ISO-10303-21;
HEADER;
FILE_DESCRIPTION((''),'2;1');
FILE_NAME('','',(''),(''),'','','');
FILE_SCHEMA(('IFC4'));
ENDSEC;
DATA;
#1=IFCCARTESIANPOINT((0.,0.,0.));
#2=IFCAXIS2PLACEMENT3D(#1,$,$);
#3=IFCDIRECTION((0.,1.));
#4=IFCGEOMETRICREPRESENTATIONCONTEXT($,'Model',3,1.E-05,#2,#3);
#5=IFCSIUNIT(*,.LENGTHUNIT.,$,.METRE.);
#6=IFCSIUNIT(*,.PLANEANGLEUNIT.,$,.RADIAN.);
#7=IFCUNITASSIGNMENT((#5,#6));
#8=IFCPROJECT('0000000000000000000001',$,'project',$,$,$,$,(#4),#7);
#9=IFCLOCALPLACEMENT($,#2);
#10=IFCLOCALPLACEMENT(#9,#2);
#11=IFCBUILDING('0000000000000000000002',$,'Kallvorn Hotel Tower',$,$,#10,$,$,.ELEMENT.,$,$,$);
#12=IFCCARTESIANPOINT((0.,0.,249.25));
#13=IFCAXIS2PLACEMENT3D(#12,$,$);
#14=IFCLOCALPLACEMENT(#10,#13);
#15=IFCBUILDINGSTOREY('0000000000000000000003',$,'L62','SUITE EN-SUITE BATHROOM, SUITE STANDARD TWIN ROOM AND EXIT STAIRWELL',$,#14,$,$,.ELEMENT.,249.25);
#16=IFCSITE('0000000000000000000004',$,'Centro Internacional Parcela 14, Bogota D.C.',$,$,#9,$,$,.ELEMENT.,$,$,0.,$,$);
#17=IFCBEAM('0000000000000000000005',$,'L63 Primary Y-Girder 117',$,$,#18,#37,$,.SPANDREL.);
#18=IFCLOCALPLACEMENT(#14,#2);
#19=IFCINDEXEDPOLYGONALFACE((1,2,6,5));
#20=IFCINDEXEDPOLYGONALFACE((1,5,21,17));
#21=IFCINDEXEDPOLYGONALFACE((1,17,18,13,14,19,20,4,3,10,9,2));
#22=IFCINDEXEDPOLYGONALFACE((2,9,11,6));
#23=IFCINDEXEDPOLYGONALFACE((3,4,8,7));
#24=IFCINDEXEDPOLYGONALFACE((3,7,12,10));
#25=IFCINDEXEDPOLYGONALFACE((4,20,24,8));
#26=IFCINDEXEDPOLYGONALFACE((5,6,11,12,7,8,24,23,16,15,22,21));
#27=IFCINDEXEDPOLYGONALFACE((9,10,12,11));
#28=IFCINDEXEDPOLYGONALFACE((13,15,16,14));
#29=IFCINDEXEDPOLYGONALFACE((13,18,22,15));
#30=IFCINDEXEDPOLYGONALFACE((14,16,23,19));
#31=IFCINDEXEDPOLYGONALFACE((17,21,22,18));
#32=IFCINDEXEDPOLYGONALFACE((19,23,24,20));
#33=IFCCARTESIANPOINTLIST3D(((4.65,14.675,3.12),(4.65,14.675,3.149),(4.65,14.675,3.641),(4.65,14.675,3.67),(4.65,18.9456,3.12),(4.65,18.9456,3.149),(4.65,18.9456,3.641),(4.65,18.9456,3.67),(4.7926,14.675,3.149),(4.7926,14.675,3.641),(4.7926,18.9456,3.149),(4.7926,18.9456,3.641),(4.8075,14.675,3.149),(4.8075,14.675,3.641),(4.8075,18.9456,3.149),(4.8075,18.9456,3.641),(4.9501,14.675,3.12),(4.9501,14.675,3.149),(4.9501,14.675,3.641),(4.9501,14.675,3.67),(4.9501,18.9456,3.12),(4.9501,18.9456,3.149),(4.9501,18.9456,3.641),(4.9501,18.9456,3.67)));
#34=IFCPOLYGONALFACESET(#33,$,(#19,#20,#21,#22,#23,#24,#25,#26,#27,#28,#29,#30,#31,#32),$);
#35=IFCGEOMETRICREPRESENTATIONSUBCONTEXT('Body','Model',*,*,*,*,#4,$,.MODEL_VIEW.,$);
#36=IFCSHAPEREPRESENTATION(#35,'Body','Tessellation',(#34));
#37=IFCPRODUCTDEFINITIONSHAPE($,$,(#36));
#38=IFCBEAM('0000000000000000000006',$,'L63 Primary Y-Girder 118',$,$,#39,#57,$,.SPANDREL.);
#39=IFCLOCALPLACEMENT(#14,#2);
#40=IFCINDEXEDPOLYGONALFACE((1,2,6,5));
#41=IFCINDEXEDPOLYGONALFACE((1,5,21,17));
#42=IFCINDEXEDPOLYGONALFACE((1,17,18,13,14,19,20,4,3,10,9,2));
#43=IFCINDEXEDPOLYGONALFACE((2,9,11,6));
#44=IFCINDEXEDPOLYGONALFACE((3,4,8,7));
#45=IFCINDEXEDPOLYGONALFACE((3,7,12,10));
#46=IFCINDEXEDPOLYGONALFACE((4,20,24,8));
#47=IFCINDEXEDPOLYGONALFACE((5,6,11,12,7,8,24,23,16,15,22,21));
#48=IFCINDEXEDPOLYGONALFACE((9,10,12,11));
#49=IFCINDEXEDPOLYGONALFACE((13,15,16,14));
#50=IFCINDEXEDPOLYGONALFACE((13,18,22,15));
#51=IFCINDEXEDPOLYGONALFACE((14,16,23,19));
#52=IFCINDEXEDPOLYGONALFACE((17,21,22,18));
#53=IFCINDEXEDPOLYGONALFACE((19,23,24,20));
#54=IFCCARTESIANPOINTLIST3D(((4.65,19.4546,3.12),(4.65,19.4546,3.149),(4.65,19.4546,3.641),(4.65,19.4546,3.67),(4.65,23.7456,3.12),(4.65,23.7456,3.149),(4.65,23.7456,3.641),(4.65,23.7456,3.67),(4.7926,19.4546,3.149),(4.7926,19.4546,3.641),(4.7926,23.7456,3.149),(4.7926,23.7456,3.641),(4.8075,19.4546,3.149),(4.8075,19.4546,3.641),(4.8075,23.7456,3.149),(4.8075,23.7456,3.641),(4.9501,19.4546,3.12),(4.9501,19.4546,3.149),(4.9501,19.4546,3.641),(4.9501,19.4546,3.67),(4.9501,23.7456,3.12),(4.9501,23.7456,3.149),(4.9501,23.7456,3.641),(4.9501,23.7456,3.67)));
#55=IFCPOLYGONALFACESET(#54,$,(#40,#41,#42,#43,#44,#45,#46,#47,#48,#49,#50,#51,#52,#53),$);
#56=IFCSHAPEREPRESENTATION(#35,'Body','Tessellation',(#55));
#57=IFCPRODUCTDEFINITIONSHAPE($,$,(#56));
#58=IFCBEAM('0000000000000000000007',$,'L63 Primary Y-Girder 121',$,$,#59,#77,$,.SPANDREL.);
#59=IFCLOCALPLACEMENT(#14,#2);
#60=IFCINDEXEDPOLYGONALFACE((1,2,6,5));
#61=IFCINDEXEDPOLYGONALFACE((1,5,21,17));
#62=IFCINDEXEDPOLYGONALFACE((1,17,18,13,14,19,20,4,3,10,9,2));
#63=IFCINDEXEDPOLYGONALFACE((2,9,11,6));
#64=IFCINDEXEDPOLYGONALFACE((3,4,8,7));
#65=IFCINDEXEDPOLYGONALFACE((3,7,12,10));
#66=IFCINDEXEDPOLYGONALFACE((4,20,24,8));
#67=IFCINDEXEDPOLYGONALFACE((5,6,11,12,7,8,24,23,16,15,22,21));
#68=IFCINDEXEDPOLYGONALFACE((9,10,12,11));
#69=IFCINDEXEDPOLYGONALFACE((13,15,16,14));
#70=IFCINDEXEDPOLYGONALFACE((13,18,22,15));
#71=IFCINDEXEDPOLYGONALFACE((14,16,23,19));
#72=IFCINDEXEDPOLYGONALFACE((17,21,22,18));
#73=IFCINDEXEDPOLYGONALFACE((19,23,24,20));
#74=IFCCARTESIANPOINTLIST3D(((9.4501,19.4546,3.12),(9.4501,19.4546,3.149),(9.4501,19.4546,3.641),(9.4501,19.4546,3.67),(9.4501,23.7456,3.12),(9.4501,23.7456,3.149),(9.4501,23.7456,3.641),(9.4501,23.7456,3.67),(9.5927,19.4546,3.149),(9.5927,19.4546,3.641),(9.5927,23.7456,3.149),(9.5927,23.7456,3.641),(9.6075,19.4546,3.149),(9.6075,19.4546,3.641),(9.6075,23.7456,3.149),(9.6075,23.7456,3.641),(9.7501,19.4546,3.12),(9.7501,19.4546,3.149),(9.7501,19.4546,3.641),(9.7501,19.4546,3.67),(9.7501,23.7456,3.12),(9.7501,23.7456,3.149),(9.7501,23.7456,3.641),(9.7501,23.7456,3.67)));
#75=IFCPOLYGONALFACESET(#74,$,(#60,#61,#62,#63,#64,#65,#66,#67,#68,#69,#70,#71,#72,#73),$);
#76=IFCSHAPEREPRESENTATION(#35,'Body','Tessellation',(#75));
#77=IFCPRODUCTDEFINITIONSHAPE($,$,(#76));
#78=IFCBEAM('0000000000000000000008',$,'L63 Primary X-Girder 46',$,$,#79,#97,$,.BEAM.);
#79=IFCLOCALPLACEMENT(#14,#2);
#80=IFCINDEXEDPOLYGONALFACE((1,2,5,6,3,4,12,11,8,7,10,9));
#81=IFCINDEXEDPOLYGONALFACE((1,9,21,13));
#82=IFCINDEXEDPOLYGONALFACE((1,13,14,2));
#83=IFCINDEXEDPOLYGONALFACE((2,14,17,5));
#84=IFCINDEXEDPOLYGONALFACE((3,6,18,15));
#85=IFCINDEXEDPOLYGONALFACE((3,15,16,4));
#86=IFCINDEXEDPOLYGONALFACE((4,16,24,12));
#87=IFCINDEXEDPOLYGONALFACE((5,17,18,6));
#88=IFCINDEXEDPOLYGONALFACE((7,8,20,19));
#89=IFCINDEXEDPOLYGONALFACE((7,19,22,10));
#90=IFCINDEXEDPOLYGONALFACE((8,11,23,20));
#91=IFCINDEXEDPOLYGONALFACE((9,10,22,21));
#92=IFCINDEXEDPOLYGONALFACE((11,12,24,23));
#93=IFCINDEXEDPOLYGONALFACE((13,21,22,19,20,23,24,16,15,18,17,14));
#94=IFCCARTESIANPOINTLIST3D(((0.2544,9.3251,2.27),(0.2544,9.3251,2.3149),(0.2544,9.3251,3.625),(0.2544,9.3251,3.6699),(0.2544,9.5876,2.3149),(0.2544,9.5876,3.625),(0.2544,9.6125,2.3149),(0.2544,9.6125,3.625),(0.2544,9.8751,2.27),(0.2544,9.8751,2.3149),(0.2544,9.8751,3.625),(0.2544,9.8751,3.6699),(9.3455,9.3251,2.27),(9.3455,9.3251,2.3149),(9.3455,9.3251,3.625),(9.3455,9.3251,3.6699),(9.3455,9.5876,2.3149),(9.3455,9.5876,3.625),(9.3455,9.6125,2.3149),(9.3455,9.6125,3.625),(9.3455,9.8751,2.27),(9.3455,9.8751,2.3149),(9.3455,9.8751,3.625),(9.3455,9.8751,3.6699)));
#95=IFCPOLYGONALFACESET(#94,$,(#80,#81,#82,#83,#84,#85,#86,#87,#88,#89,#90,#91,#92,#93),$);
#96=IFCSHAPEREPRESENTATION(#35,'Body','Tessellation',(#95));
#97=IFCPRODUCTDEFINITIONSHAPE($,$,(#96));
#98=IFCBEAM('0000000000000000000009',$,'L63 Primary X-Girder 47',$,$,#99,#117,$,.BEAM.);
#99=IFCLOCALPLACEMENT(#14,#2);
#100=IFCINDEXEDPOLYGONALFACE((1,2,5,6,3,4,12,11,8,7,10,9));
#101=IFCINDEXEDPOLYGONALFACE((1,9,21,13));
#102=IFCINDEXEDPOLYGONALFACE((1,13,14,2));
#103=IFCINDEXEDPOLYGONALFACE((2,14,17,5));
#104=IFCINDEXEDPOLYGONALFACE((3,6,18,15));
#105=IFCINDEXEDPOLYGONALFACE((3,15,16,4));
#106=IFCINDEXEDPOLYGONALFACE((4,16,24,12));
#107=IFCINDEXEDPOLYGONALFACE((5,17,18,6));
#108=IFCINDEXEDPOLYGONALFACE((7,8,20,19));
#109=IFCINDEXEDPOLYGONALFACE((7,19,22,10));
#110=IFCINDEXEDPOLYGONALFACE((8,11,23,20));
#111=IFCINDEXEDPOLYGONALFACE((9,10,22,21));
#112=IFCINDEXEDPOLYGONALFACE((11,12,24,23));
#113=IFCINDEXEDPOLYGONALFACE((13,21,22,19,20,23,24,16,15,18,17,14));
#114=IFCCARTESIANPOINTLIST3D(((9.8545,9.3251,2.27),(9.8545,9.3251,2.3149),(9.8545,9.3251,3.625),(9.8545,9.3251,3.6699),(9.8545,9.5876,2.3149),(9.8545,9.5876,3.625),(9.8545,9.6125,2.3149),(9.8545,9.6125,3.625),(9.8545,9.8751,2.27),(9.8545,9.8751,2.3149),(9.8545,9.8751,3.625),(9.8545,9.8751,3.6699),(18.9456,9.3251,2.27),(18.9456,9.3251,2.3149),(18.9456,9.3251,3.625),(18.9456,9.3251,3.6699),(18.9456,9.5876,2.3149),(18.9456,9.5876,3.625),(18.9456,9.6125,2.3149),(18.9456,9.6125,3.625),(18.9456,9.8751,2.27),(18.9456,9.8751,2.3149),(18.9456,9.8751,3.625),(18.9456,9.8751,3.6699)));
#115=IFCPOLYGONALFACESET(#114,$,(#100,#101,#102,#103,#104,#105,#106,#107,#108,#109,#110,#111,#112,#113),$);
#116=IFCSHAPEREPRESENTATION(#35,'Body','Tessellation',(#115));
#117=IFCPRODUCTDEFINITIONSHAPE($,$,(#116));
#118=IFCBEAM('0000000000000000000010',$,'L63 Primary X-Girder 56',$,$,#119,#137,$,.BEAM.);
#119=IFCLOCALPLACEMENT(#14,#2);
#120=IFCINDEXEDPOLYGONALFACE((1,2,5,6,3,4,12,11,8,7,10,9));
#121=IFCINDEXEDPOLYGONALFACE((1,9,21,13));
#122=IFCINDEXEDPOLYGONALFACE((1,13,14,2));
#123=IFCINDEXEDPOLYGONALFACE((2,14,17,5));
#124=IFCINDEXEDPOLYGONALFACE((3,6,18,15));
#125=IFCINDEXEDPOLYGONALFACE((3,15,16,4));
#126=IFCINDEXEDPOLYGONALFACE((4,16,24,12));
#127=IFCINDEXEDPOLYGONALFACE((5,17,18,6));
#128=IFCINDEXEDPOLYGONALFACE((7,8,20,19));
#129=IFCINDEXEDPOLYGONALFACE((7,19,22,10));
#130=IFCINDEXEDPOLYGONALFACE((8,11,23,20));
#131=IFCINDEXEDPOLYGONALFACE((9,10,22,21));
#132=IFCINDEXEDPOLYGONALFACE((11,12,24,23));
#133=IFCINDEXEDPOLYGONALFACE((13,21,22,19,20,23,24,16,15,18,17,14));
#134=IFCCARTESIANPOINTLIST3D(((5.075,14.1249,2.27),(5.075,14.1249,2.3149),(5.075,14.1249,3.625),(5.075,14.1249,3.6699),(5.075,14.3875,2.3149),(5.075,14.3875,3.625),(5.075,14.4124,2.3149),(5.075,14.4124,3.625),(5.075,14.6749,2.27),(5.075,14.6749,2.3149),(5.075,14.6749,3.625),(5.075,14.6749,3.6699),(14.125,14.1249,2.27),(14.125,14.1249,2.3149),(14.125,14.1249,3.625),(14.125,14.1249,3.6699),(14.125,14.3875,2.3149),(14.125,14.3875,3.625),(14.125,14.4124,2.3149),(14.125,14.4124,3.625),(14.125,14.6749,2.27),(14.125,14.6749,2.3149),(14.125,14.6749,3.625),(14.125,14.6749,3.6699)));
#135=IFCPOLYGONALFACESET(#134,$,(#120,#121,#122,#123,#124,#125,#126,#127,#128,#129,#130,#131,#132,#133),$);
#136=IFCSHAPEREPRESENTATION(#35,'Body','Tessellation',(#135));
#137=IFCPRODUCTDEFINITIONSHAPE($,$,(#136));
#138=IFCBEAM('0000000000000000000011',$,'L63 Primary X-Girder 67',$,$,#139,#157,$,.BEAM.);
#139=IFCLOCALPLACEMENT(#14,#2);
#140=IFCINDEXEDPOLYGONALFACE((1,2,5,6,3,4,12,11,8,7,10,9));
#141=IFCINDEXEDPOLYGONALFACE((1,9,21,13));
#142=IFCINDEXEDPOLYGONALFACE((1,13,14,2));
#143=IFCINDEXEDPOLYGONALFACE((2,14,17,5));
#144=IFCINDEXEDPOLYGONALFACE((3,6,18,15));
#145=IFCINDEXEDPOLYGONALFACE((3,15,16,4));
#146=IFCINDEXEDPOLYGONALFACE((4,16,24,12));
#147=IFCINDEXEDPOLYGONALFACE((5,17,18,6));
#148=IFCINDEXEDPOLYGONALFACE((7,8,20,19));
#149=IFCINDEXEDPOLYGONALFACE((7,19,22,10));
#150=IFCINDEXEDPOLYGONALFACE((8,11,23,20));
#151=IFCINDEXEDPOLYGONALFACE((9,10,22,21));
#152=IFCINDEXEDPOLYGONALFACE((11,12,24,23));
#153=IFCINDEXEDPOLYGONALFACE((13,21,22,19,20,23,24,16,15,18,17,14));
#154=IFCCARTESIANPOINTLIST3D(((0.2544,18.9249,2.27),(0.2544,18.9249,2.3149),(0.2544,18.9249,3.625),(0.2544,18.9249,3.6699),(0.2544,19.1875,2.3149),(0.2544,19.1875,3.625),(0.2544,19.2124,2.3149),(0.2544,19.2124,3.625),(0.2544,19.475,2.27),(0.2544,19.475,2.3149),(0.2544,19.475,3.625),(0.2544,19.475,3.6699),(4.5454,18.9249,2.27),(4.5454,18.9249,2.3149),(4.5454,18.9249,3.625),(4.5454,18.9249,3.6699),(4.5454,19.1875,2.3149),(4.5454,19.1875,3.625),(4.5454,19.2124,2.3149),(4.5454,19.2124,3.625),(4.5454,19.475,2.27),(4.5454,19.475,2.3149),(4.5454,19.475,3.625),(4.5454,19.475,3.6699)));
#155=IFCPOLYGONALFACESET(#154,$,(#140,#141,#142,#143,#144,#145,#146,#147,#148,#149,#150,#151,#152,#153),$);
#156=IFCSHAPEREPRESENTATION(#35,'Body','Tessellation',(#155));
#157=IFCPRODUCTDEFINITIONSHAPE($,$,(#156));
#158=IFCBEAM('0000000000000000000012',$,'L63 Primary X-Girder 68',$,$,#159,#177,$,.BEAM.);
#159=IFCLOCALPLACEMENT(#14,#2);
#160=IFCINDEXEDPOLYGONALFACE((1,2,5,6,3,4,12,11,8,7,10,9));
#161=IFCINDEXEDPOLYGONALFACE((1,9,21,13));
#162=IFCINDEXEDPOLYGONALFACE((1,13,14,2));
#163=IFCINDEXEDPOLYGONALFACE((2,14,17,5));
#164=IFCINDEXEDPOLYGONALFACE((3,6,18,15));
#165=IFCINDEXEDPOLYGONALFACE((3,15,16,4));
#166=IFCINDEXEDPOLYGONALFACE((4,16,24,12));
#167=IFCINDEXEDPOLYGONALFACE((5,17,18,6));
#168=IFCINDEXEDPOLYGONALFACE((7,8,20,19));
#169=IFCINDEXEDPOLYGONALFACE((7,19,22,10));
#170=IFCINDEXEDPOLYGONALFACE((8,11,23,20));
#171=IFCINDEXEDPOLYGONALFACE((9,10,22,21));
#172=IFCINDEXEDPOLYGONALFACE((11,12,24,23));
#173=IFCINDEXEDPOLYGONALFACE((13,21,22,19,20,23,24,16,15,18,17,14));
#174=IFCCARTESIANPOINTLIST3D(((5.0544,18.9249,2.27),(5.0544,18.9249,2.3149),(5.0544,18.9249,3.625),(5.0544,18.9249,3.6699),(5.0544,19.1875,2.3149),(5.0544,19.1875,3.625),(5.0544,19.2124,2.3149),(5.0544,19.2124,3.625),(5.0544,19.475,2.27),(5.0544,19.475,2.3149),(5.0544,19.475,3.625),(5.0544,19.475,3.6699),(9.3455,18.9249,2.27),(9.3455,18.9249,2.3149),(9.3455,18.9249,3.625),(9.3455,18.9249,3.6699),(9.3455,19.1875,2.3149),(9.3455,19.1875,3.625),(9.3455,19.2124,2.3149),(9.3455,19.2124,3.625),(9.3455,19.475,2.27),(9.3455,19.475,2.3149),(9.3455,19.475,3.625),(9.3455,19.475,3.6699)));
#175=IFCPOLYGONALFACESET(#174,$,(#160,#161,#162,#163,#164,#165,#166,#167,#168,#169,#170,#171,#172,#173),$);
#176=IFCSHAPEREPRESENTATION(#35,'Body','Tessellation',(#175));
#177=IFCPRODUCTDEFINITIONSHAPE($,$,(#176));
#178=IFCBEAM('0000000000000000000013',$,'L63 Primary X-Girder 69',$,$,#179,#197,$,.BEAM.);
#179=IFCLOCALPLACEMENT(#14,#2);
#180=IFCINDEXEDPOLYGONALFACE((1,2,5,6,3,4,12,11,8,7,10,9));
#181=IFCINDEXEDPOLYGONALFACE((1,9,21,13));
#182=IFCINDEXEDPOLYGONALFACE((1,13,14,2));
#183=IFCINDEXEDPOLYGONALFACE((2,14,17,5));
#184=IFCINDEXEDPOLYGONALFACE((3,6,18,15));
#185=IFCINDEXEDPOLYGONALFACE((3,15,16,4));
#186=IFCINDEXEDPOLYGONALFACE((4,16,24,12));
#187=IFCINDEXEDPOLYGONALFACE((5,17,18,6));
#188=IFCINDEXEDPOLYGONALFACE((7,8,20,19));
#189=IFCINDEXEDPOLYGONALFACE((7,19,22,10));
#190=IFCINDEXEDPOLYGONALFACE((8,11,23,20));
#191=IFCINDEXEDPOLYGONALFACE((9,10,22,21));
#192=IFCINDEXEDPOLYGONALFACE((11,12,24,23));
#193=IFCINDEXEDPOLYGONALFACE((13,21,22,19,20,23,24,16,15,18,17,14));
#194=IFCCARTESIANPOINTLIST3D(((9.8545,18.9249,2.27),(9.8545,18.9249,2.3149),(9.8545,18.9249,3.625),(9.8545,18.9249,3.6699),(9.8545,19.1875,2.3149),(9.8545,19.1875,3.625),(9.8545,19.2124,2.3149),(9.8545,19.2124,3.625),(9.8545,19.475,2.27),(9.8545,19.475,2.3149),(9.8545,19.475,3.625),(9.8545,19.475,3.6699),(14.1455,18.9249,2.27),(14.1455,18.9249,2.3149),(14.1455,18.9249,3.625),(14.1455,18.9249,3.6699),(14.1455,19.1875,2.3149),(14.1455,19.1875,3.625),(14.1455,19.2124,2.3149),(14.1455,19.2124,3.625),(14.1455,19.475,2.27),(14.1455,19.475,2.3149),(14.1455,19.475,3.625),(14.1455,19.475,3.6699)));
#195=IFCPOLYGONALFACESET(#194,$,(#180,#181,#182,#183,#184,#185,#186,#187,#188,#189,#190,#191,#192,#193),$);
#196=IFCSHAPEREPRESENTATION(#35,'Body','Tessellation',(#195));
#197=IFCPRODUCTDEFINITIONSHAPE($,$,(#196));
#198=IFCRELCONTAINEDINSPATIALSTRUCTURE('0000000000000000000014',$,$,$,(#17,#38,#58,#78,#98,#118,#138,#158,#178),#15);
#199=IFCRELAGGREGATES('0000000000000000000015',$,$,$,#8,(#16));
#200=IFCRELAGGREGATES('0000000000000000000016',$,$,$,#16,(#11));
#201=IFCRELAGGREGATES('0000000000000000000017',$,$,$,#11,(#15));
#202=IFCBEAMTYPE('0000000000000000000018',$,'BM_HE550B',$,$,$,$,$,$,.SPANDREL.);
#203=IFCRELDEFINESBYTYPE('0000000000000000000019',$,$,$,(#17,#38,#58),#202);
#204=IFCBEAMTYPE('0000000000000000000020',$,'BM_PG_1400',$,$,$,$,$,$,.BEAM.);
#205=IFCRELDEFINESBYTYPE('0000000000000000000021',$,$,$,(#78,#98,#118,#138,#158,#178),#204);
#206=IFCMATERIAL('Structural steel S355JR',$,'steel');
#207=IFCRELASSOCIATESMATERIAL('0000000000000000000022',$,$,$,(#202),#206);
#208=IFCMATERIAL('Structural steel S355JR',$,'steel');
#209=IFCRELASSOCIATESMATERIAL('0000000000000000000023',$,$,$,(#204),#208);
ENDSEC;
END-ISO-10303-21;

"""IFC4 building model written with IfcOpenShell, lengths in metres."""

from ifc_helpers import new_model, si_unit, direction, frame, origin, origin_2d, place, context, subcontext, project, spatial, i_section, extrude, material, material_profile, profile_set, type_object, element, save


model = new_model("IFC4")

# Units and contexts
model_context = context("Model", 3, precision=1e-05, world=origin(), true_north=direction((0.0, 1.0)))
body_context = subcontext(model_context, "Body", "Model", "MODEL_VIEW")
ifc_project = project(units=[si_unit("LENGTHUNIT", "METRE"), si_unit("PLANEANGLEUNIT", "RADIAN")], contexts=[model_context])

# Site, building, storey
site_placement = place(None, origin())
site = spatial("IfcSite", under=ifc_project, at=site_placement, Name="Centro Internacional Parcela 14, Bogota D.C.", CompositionType="ELEMENT", RefElevation=0.0)
building_placement = place(site_placement, origin())
building = spatial("IfcBuilding", under=site, at=building_placement, Name="Kallvorn Hotel Tower", CompositionType="ELEMENT")
storey_placement = place(building_placement, frame((0.0, 0.0, 249.25)))
storey = spatial("IfcBuildingStorey", under=building, at=storey_placement, Name="L62", Description="SUITE EN-SUITE BATHROOM, SUITE STANDARD TWIN ROOM AND EXIT STAIRWELL", CompositionType="ELEMENT", Elevation=249.25)

# Beams
ifc_material_1 = material(Name="Structural steel S355JR", Category="steel")
ifc_material_profile_1 = material_profile(ifc_material_1, i_section(OverallWidth=0.3, OverallDepth=0.55, WebThickness=0.0149, FlangeThickness=0.0291, at=origin_2d()), Name="HE 550 B")
ifc_profile_set_1 = profile_set([ifc_material_profile_1], Name="Structural steel S355JR")
beam_type_1 = type_object("IfcBeamType", Name="BM_HE550B", PredefinedType="SPANDREL", material=ifc_profile_set_1)
beam_1_placement = place(storey_placement, frame((4.8, 14.675, 3.395), z_axis=(0.0, 1.0, 0.0), x_axis=(-1.0, 0.0, 0.0)))
element("IfcBeam", 1, at=beam_1_placement, inside=storey, type_object=beam_type_1, Name="L63 Primary Y-Girder 117", PredefinedType="SPANDREL", context=body_context, shape_type="SweptSolid", body=[
    extrude(i_section(OverallWidth=0.3, OverallDepth=0.55, WebThickness=0.0149, FlangeThickness=0.0291, at=origin_2d()), origin(), (0.0, 0.0, 1.0), 4.2705),
])
for number, where, z_axis, x_axis, name in (
    (2, (4.8, 19.4546, 3.395), (0.0, 1.0, 0.0), (-1.0, 0.0, 0.0), "L63 Primary Y-Girder 118"),
    (3, (9.6001, 19.4546, 3.395), (0.0, 1.0, 0.0), (-1.0, 0.0, 0.0), "L63 Primary Y-Girder 121"),
):
    element("IfcBeam", number, at=place(storey_placement, frame(where, z_axis=z_axis, x_axis=x_axis)), inside=storey, type_object=beam_type_1, Name=name, PredefinedType="SPANDREL", context=body_context, shape_type="SweptSolid", body=[
        extrude(i_section(OverallWidth=0.3, OverallDepth=0.55, WebThickness=0.0149, FlangeThickness=0.0291, at=origin_2d()), origin(), (0.0, 0.0, 1.0), 4.291),
    ])
ifc_material_2 = material(Name="Structural steel S355JR", Category="steel")
ifc_material_profile_2 = material_profile(ifc_material_2, i_section(OverallWidth=0.55, OverallDepth=1.3999, WebThickness=0.0249, FlangeThickness=0.0449, at=origin_2d()), Name="PG 1400x550x25x45")
ifc_profile_set_2 = profile_set([ifc_material_profile_2], Name="Structural steel S355JR")
beam_type_2 = type_object("IfcBeamType", Name="BM_PG_1400", PredefinedType="BEAM", material=ifc_profile_set_2)
for number, where, z_axis, x_axis, name in (
    (4, (0.2544, 9.6001, 2.97), (1.0, 0.0, 0.0), (0.0, 1.0, 0.0), "L63 Primary X-Girder 46"),
    (5, (9.8545, 9.6001, 2.97), (1.0, 0.0, 0.0), (0.0, 1.0, 0.0), "L63 Primary X-Girder 47"),
):
    element("IfcBeam", number, at=place(storey_placement, frame(where, z_axis=z_axis, x_axis=x_axis)), inside=storey, type_object=beam_type_2, Name=name, PredefinedType="BEAM", context=body_context, shape_type="SweptSolid", body=[
        extrude(i_section(OverallWidth=0.55, OverallDepth=1.3999, WebThickness=0.0249, FlangeThickness=0.0449, at=origin_2d()), origin(), (0.0, 0.0, 1.0), 9.0911),
    ])
beam_2_placement = place(storey_placement, frame((5.075, 14.3999, 2.97), z_axis=(1.0, 0.0, 0.0), x_axis=(0.0, 1.0, 0.0)))
element("IfcBeam", 6, at=beam_2_placement, inside=storey, type_object=beam_type_2, Name="L63 Primary X-Girder 56", PredefinedType="BEAM", context=body_context, shape_type="SweptSolid", body=[
    extrude(i_section(OverallWidth=0.55, OverallDepth=1.3999, WebThickness=0.0249, FlangeThickness=0.0449, at=origin_2d()), origin(), (0.0, 0.0, 1.0), 9.05),
])
for number, where, z_axis, x_axis, name in (
    (7, (0.2544, 19.2, 2.97), (1.0, 0.0, 0.0), (0.0, 1.0, 0.0), "L63 Primary X-Girder 67"),
    (8, (5.0544, 19.2, 2.97), (1.0, 0.0, 0.0), (0.0, 1.0, 0.0), "L63 Primary X-Girder 68"),
    (9, (9.8545, 19.2, 2.97), (1.0, 0.0, 0.0), (0.0, 1.0, 0.0), "L63 Primary X-Girder 69"),
):
    element("IfcBeam", number, at=place(storey_placement, frame(where, z_axis=z_axis, x_axis=x_axis)), inside=storey, type_object=beam_type_2, Name=name, PredefinedType="BEAM", context=body_context, shape_type="SweptSolid", body=[
        extrude(i_section(OverallWidth=0.55, OverallDepth=1.3999, WebThickness=0.0249, FlangeThickness=0.0449, at=origin_2d()), origin(), (0.0, 0.0, 1.0), 4.291),
    ])

save(model, "model.ifc")
